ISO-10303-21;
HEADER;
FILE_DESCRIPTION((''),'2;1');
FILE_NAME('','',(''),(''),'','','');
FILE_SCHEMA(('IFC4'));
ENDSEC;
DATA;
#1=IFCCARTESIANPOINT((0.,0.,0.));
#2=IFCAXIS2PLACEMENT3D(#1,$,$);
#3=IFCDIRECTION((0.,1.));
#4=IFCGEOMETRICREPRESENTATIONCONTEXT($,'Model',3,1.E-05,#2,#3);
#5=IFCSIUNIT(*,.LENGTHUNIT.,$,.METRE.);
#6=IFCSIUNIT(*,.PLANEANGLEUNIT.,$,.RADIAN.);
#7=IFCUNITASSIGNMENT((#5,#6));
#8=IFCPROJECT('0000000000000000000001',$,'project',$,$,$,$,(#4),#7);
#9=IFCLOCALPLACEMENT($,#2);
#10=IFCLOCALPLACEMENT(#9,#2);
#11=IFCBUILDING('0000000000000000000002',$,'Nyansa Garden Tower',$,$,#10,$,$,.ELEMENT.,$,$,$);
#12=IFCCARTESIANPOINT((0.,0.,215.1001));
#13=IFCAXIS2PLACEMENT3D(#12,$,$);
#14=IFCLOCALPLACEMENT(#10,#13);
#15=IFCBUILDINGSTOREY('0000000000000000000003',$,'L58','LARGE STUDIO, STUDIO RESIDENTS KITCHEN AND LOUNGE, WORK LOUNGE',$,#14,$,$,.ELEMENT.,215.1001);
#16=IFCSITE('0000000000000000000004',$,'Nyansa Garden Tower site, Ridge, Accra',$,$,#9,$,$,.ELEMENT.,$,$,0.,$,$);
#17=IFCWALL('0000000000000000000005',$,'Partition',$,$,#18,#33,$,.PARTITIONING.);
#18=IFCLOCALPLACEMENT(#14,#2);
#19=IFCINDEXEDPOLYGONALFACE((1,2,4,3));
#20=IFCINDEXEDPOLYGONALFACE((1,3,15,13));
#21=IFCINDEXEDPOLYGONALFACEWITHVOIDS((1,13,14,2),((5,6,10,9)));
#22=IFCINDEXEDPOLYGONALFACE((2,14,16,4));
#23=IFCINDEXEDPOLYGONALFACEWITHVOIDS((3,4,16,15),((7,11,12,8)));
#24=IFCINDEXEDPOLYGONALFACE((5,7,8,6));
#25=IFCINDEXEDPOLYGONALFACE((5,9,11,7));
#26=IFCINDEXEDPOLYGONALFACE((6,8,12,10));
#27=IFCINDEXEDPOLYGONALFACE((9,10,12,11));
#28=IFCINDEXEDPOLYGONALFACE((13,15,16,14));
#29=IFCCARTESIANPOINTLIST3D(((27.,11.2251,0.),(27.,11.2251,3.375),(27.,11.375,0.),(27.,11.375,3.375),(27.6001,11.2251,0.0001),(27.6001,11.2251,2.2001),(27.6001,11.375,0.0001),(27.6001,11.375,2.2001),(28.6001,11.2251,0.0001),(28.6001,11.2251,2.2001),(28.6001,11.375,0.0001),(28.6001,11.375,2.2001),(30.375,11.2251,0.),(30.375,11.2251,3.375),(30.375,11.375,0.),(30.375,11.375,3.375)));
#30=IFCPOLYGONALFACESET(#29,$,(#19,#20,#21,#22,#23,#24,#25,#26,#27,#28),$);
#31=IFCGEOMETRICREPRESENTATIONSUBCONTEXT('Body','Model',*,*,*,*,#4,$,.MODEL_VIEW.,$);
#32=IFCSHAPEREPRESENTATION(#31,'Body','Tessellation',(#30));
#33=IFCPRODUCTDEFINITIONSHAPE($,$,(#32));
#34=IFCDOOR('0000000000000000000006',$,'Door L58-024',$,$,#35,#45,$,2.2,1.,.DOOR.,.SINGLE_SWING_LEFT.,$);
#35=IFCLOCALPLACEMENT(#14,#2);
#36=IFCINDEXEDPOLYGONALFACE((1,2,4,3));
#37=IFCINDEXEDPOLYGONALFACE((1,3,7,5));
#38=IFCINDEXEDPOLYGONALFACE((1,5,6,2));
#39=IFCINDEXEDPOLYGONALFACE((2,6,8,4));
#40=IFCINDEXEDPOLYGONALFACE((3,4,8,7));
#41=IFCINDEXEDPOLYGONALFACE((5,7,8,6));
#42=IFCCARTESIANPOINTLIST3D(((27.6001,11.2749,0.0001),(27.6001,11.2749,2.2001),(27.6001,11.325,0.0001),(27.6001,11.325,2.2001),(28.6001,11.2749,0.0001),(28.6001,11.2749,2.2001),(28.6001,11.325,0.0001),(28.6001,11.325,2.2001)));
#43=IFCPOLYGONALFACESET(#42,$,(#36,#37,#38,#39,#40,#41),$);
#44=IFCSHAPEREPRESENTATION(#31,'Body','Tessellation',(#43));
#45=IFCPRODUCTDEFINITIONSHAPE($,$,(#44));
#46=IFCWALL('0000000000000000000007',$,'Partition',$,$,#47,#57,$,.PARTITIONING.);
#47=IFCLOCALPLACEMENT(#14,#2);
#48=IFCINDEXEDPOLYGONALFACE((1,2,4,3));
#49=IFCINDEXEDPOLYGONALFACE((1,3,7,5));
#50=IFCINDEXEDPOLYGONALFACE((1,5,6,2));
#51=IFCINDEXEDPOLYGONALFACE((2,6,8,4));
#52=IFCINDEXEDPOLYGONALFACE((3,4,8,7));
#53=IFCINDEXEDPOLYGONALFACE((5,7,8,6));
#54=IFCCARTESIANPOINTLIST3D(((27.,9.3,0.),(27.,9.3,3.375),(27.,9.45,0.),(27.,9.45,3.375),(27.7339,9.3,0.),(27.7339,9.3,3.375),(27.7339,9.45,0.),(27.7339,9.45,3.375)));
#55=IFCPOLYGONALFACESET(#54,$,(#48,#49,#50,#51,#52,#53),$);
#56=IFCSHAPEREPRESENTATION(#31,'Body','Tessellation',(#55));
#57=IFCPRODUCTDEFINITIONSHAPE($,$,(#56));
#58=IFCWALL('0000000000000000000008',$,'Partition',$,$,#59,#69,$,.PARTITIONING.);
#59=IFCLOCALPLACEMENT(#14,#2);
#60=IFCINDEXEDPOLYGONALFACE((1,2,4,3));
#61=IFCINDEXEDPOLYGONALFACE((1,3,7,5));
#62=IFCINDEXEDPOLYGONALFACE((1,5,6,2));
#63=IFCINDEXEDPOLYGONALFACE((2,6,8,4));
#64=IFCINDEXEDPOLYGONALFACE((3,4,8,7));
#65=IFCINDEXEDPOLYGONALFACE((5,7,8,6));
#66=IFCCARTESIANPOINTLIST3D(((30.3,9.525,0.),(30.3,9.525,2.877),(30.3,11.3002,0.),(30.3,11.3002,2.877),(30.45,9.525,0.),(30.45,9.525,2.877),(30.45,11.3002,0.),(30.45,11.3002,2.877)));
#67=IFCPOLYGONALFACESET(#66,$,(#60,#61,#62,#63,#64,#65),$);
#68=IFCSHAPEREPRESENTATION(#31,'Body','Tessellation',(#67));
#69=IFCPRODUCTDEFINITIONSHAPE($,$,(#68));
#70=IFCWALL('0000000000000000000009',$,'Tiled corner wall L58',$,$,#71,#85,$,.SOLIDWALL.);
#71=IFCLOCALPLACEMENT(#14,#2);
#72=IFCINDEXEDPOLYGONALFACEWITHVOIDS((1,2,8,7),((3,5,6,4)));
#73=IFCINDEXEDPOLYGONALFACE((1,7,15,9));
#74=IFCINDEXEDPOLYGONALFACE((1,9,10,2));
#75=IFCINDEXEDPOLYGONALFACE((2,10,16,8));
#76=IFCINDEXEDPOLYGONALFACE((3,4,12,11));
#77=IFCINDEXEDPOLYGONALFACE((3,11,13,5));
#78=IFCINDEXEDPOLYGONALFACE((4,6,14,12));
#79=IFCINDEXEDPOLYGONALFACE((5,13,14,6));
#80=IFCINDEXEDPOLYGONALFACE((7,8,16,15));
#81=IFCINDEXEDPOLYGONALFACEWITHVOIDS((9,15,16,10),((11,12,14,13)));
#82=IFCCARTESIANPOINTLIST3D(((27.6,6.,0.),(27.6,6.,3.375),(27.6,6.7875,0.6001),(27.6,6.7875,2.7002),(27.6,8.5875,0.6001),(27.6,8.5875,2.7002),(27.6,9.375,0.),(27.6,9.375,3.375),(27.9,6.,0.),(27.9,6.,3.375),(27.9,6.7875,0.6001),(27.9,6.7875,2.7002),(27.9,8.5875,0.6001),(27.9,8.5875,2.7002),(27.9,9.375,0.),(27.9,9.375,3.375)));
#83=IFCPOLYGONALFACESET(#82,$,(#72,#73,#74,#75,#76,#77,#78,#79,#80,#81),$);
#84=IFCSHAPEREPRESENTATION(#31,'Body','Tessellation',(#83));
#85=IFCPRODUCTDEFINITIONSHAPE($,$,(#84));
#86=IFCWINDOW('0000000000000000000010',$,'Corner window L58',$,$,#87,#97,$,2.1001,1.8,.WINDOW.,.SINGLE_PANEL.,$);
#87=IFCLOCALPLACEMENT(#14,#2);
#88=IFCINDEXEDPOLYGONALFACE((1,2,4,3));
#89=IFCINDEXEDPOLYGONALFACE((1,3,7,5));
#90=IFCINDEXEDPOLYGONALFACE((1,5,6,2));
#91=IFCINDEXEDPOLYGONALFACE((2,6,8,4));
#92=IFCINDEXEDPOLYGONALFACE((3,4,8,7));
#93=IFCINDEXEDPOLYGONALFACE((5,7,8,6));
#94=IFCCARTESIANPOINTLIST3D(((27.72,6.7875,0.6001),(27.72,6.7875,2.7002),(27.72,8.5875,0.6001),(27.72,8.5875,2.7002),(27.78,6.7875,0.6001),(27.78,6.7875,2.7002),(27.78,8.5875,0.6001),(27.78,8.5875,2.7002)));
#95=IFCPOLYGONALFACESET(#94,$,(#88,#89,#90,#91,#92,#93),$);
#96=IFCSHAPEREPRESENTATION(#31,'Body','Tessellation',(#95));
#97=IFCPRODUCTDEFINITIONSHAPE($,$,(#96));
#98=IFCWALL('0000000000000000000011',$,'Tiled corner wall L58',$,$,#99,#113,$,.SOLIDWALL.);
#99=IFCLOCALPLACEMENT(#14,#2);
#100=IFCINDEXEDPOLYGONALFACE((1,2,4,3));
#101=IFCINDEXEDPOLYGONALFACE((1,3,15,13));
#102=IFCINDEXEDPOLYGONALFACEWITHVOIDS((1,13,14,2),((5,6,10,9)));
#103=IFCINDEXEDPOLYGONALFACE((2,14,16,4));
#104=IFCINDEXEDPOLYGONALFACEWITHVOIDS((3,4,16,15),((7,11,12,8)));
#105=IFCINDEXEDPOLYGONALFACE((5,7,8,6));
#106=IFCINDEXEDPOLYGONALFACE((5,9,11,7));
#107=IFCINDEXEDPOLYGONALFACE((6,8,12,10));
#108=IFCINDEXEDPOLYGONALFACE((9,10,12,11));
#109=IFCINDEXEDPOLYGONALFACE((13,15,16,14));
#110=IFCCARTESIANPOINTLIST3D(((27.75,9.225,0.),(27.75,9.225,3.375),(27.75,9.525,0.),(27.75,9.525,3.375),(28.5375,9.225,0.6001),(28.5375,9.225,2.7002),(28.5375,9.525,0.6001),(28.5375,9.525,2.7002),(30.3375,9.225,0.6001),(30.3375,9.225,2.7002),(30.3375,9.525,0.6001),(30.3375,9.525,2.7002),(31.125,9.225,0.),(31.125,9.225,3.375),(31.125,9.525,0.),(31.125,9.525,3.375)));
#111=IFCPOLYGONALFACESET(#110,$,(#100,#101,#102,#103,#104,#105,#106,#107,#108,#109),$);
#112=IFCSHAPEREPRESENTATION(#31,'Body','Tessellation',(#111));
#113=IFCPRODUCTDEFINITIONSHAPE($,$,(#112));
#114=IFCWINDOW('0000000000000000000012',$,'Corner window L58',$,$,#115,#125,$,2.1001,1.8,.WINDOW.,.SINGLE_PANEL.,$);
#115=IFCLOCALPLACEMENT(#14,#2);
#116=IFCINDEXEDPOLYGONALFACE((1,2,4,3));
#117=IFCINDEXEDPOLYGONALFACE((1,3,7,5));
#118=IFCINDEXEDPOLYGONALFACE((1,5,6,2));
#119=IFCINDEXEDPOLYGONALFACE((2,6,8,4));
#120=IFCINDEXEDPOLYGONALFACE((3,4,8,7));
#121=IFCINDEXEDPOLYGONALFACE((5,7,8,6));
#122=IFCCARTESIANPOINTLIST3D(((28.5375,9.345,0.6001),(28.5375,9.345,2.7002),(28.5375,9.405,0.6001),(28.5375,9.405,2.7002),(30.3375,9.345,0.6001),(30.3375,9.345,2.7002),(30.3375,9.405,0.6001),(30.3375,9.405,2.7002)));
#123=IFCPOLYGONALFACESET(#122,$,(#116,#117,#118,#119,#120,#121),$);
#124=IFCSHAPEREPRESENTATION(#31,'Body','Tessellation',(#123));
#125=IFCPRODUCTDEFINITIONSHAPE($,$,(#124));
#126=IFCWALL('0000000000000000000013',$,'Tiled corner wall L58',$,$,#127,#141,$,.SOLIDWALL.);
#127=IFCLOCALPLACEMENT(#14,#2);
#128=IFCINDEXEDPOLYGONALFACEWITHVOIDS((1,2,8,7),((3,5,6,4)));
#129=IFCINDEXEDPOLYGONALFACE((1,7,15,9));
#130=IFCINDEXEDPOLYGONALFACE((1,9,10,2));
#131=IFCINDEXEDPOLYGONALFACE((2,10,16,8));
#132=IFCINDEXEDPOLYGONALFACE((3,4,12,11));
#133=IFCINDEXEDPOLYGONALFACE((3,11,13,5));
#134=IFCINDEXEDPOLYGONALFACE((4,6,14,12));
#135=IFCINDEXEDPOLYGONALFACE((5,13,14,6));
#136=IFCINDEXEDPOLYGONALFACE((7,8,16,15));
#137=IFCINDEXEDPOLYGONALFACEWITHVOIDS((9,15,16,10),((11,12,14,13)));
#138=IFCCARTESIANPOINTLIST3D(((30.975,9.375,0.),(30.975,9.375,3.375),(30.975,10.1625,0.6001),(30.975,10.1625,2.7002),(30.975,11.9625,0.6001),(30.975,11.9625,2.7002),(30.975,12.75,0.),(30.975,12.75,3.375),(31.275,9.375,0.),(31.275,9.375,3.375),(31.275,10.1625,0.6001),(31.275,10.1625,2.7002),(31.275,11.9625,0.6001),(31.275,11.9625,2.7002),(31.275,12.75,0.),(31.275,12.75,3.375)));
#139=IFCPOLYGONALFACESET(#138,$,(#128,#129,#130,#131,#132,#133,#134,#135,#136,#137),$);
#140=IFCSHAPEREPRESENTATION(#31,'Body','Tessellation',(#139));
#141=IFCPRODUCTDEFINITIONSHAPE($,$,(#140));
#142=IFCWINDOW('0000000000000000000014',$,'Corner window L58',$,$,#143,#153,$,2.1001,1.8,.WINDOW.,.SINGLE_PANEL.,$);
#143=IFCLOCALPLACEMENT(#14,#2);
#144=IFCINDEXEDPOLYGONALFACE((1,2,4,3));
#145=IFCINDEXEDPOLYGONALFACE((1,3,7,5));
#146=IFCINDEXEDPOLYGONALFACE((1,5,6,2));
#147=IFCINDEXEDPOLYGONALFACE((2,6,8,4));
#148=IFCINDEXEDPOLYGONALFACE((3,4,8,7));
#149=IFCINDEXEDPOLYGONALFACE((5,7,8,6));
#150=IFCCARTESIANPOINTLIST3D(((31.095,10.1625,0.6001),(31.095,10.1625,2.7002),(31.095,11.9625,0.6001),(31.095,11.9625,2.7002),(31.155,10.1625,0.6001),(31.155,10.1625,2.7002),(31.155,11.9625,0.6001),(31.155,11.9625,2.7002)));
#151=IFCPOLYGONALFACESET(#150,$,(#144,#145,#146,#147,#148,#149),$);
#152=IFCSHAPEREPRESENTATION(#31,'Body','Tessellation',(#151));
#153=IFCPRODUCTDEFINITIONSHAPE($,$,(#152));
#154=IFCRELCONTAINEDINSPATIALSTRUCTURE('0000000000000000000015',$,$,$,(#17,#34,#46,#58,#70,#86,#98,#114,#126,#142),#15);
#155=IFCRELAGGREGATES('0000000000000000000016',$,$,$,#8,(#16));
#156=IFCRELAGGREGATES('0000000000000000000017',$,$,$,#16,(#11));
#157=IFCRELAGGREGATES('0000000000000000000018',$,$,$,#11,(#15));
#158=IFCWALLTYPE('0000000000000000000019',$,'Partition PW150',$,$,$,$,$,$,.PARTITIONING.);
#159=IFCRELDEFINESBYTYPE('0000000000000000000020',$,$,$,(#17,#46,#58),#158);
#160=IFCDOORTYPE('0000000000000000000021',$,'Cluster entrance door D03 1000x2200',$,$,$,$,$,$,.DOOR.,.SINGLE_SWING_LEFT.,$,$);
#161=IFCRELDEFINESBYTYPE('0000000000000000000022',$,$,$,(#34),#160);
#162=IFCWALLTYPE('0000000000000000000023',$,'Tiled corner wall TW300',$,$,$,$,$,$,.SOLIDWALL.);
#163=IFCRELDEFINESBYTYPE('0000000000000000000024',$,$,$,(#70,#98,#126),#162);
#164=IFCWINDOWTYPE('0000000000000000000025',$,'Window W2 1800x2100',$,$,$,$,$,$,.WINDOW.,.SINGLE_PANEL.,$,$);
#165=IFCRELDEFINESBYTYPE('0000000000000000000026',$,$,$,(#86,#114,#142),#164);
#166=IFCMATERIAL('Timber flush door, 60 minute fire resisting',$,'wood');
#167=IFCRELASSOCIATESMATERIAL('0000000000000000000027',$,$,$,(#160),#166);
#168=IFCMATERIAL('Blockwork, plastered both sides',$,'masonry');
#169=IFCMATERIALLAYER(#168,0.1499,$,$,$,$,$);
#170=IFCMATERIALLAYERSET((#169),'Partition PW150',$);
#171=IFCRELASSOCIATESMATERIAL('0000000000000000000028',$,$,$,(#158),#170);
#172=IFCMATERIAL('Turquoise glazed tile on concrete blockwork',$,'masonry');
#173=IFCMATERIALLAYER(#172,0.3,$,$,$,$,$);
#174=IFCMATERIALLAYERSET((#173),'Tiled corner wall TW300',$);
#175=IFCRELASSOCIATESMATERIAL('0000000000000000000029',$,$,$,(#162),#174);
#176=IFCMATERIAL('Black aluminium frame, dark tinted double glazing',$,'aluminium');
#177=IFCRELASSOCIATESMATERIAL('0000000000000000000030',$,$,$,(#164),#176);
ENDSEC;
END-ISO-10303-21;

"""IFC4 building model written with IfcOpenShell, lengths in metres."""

from ifc_helpers import new_model, si_unit, direction, frame, frame_2d, origin, place, context, subcontext, project, spatial, rectangle, extrude, material, layer, layer_set, type_object, element, fill, save


model = new_model("IFC4")

# Units and contexts
model_context = context("Model", 3, precision=1e-05, world=origin(), true_north=direction((0.0, 1.0)))
body_context = subcontext(model_context, "Body", "Model", "MODEL_VIEW")
ifc_project = project(units=[si_unit("LENGTHUNIT", "METRE"), si_unit("PLANEANGLEUNIT", "RADIAN")], contexts=[model_context])

# Site, building, storey
site_placement = place(None, origin())
site = spatial("IfcSite", under=ifc_project, at=site_placement, Name="Nyansa Garden Tower site, Ridge, Accra", CompositionType="ELEMENT", RefElevation=0.0)
building_placement = place(site_placement, origin())
building = spatial("IfcBuilding", under=site, at=building_placement, Name="Nyansa Garden Tower", CompositionType="ELEMENT")
storey_placement = place(building_placement, frame((0.0, 0.0, 215.1001)))
storey = spatial("IfcBuildingStorey", under=building, at=storey_placement, Name="L58", Description="LARGE STUDIO, STUDIO RESIDENTS KITCHEN AND LOUNGE, WORK LOUNGE", CompositionType="ELEMENT", Elevation=215.1001)

# Shared definitions
ifc_material_1 = material(Name="Timber flush door, 60 minute fire resisting", Category="wood")
door_type_1 = type_object("IfcDoorType", Name="Cluster entrance door D03 1000x2200", OperationType="SINGLE_SWING_LEFT", PredefinedType="DOOR", material=ifc_material_1)

# Wall, opening, door
ifc_material_2 = material(Name="Blockwork, plastered both sides", Category="masonry")
ifc_layer_1 = layer(ifc_material_2, 0.1499)
ifc_layer_set_1 = layer_set([ifc_layer_1], Name="Partition PW150")
wall_type_1 = type_object("IfcWallType", Name="Partition PW150", PredefinedType="PARTITIONING", material=ifc_layer_set_1)
wall_1_placement = place(storey_placement, frame((27.0, 11.3, 0.0), z_axis=(0.0, 0.0, 1.0), x_axis=(1.0, 0.0, 0.0)))
wall_1 = element("IfcWall", 1, at=wall_1_placement, inside=storey, type_object=wall_type_1, Name="Partition", PredefinedType="PARTITIONING", context=body_context, shape_type="SweptSolid", body=[
    extrude(rectangle(XDim=3.375, YDim=0.1499, at=frame_2d((1.6875, 0.0))), origin(), (0.0, 0.0, 1.0), 3.375),
])
opening_1_placement = place(wall_1_placement, frame((0.6001, 0.0, 0.0)))
opening_1 = element("IfcOpeningElement", 2, at=opening_1_placement, cuts=wall_1, PredefinedType="OPENING", context=body_context, shape_type="SweptSolid", body=[
    extrude(rectangle(XDim=1.0, YDim=2.2, at=frame_2d((0.5, 1.1001))), frame((0.0, 0.085, 0.0), z_axis=(0.0, -1.0, 0.0), x_axis=(1.0, 0.0, 0.0)), (0.0, 0.0, 1.0), 0.1699),
])
door_1_placement = place(opening_1_placement, origin())
door_1 = element("IfcDoor", 3, at=door_1_placement, inside=storey, type_object=door_type_1, Name="Door L58-024", OperationType="SINGLE_SWING_LEFT", OverallHeight=2.2, OverallWidth=1.0, PredefinedType="DOOR", context=body_context, shape_type="SweptSolid", body=[
    extrude(rectangle(XDim=1.0, YDim=2.2, at=frame_2d((0.5, 1.1001))), frame((0.0, 0.0249, 0.0), z_axis=(0.0, -1.0, 0.0), x_axis=(1.0, 0.0, 0.0)), (0.0, 0.0, 1.0), 0.05),
])
fill(opening_1, door_1)

# Walls
wall_2_placement = place(storey_placement, frame((27.0, 9.375, 0.0), z_axis=(0.0, 0.0, 1.0), x_axis=(1.0, 0.0, 0.0)))
element("IfcWall", 4, at=wall_2_placement, inside=storey, type_object=wall_type_1, Name="Partition", PredefinedType="PARTITIONING", context=body_context, shape_type="SweptSolid", body=[
    extrude(rectangle(XDim=0.7339, YDim=0.1499, at=frame_2d((0.3669, 0.0))), origin(), (0.0, 0.0, 1.0), 3.375),
])
wall_3_placement = place(storey_placement, frame((30.375, 9.5249, 0.0), z_axis=(0.0, 0.0, 1.0), x_axis=(0.0, 1.0, 0.0)))
element("IfcWall", 5, at=wall_3_placement, inside=storey, type_object=wall_type_1, Name="Partition", PredefinedType="PARTITIONING", context=body_context, shape_type="SweptSolid", body=[
    extrude(rectangle(XDim=1.7751, YDim=0.1499, at=frame_2d((0.8877, 0.0))), origin(), (0.0, 0.0, 1.0), 2.877),
])

# Walls, openings, windows
ifc_material_3 = material(Name="Turquoise glazed tile on concrete blockwork", Category="masonry")
ifc_layer_2 = layer(ifc_material_3, 0.3)
ifc_layer_set_2 = layer_set([ifc_layer_2], Name="Tiled corner wall TW300")
wall_type_2 = type_object("IfcWallType", Name="Tiled corner wall TW300", PredefinedType="SOLIDWALL", material=ifc_layer_set_2)
wall_4_placement = place(storey_placement, frame((27.75, 6.0, 0.0), z_axis=(0.0, 0.0, 1.0), x_axis=(0.0, 1.0, 0.0)))
wall_4 = element("IfcWall", 6, at=wall_4_placement, inside=storey, type_object=wall_type_2, Name="Tiled corner wall L58", PredefinedType="SOLIDWALL", context=body_context, shape_type="SweptSolid", body=[
    extrude(rectangle(XDim=3.375, YDim=0.3, at=frame_2d((1.6875, 0.0))), origin(), (0.0, 0.0, 1.0), 3.375),
])
opening_2_placement = place(wall_4_placement, frame((0.7876, 0.0, 0.6001)))
opening_2 = element("IfcOpeningElement", 7, at=opening_2_placement, cuts=wall_4, PredefinedType="OPENING", context=body_context, shape_type="SweptSolid", body=[
    extrude(rectangle(XDim=1.8, YDim=2.1001, at=frame_2d((0.8999, 1.05))), frame((0.0, 0.1599, 0.0), z_axis=(0.0, -1.0, 0.0), x_axis=(1.0, 0.0, 0.0)), (0.0, 0.0, 1.0), 0.3201),
])
ifc_material_4 = material(Name="Black aluminium frame, dark tinted double glazing", Category="aluminium")
window_type = type_object("IfcWindowType", Name="Window W2 1800x2100", PartitioningType="SINGLE_PANEL", PredefinedType="WINDOW", material=ifc_material_4)
window_1_placement = place(opening_2_placement, origin())
window_1 = element("IfcWindow", 8, at=window_1_placement, inside=storey, type_object=window_type, Name="Corner window L58", OverallHeight=2.1001, OverallWidth=1.8, PartitioningType="SINGLE_PANEL", PredefinedType="WINDOW", context=body_context, shape_type="SweptSolid", body=[
    extrude(rectangle(XDim=1.8, YDim=2.1001, at=frame_2d((0.8999, 1.05))), frame((0.0, 0.03, 0.0), z_axis=(0.0, -1.0, 0.0), x_axis=(1.0, 0.0, 0.0)), (0.0, 0.0, 1.0), 0.0601),
])
fill(opening_2, window_1)
wall_5_placement = place(storey_placement, frame((27.75, 9.375, 0.0), z_axis=(0.0, 0.0, 1.0), x_axis=(1.0, 0.0, 0.0)))
wall_5 = element("IfcWall", 9, at=wall_5_placement, inside=storey, type_object=wall_type_2, Name="Tiled corner wall L58", PredefinedType="SOLIDWALL", context=body_context, shape_type="SweptSolid", body=[
    extrude(rectangle(XDim=3.375, YDim=0.3, at=frame_2d((1.6875, 0.0))), origin(), (0.0, 0.0, 1.0), 3.375),
])
opening_3_placement = place(wall_5_placement, frame((0.7876, 0.0, 0.6001)))
opening_3 = element("IfcOpeningElement", 10, at=opening_3_placement, cuts=wall_5, PredefinedType="OPENING", context=body_context, shape_type="SweptSolid", body=[
    extrude(rectangle(XDim=1.8, YDim=2.1001, at=frame_2d((0.8999, 1.05))), frame((0.0, 0.1599, 0.0), z_axis=(0.0, -1.0, 0.0), x_axis=(1.0, 0.0, 0.0)), (0.0, 0.0, 1.0), 0.3201),
])
window_2_placement = place(opening_3_placement, origin())
window_2 = element("IfcWindow", 11, at=window_2_placement, inside=storey, type_object=window_type, Name="Corner window L58", OverallHeight=2.1001, OverallWidth=1.8, PartitioningType="SINGLE_PANEL", PredefinedType="WINDOW", context=body_context, shape_type="SweptSolid", body=[
    extrude(rectangle(XDim=1.8, YDim=2.1001, at=frame_2d((0.8999, 1.05))), frame((0.0, 0.03, 0.0), z_axis=(0.0, -1.0, 0.0), x_axis=(1.0, 0.0, 0.0)), (0.0, 0.0, 1.0), 0.0601),
])
fill(opening_3, window_2)
wall_6_placement = place(storey_placement, frame((31.125, 9.375, 0.0), z_axis=(0.0, 0.0, 1.0), x_axis=(0.0, 1.0, 0.0)))
wall_6 = element("IfcWall", 12, at=wall_6_placement, inside=storey, type_object=wall_type_2, Name="Tiled corner wall L58", PredefinedType="SOLIDWALL", context=body_context, shape_type="SweptSolid", body=[
    extrude(rectangle(XDim=3.375, YDim=0.3, at=frame_2d((1.6875, 0.0))), origin(), (0.0, 0.0, 1.0), 3.375),
])
opening_4_placement = place(wall_6_placement, frame((0.7876, 0.0, 0.6001)))
opening_4 = element("IfcOpeningElement", 13, at=opening_4_placement, cuts=wall_6, PredefinedType="OPENING", context=body_context, shape_type="SweptSolid", body=[
    extrude(rectangle(XDim=1.8, YDim=2.1001, at=frame_2d((0.8999, 1.05))), frame((0.0, 0.1599, 0.0), z_axis=(0.0, -1.0, 0.0), x_axis=(1.0, 0.0, 0.0)), (0.0, 0.0, 1.0), 0.3201),
])
window_3_placement = place(opening_4_placement, origin())
window_3 = element("IfcWindow", 14, at=window_3_placement, inside=storey, type_object=window_type, Name="Corner window L58", OverallHeight=2.1001, OverallWidth=1.8, PartitioningType="SINGLE_PANEL", PredefinedType="WINDOW", context=body_context, shape_type="SweptSolid", body=[
    extrude(rectangle(XDim=1.8, YDim=2.1001, at=frame_2d((0.8999, 1.05))), frame((0.0, 0.03, 0.0), z_axis=(0.0, -1.0, 0.0), x_axis=(1.0, 0.0, 0.0)), (0.0, 0.0, 1.0), 0.0601),
])
fill(opening_4, window_3)

save(model, "model.ifc")
